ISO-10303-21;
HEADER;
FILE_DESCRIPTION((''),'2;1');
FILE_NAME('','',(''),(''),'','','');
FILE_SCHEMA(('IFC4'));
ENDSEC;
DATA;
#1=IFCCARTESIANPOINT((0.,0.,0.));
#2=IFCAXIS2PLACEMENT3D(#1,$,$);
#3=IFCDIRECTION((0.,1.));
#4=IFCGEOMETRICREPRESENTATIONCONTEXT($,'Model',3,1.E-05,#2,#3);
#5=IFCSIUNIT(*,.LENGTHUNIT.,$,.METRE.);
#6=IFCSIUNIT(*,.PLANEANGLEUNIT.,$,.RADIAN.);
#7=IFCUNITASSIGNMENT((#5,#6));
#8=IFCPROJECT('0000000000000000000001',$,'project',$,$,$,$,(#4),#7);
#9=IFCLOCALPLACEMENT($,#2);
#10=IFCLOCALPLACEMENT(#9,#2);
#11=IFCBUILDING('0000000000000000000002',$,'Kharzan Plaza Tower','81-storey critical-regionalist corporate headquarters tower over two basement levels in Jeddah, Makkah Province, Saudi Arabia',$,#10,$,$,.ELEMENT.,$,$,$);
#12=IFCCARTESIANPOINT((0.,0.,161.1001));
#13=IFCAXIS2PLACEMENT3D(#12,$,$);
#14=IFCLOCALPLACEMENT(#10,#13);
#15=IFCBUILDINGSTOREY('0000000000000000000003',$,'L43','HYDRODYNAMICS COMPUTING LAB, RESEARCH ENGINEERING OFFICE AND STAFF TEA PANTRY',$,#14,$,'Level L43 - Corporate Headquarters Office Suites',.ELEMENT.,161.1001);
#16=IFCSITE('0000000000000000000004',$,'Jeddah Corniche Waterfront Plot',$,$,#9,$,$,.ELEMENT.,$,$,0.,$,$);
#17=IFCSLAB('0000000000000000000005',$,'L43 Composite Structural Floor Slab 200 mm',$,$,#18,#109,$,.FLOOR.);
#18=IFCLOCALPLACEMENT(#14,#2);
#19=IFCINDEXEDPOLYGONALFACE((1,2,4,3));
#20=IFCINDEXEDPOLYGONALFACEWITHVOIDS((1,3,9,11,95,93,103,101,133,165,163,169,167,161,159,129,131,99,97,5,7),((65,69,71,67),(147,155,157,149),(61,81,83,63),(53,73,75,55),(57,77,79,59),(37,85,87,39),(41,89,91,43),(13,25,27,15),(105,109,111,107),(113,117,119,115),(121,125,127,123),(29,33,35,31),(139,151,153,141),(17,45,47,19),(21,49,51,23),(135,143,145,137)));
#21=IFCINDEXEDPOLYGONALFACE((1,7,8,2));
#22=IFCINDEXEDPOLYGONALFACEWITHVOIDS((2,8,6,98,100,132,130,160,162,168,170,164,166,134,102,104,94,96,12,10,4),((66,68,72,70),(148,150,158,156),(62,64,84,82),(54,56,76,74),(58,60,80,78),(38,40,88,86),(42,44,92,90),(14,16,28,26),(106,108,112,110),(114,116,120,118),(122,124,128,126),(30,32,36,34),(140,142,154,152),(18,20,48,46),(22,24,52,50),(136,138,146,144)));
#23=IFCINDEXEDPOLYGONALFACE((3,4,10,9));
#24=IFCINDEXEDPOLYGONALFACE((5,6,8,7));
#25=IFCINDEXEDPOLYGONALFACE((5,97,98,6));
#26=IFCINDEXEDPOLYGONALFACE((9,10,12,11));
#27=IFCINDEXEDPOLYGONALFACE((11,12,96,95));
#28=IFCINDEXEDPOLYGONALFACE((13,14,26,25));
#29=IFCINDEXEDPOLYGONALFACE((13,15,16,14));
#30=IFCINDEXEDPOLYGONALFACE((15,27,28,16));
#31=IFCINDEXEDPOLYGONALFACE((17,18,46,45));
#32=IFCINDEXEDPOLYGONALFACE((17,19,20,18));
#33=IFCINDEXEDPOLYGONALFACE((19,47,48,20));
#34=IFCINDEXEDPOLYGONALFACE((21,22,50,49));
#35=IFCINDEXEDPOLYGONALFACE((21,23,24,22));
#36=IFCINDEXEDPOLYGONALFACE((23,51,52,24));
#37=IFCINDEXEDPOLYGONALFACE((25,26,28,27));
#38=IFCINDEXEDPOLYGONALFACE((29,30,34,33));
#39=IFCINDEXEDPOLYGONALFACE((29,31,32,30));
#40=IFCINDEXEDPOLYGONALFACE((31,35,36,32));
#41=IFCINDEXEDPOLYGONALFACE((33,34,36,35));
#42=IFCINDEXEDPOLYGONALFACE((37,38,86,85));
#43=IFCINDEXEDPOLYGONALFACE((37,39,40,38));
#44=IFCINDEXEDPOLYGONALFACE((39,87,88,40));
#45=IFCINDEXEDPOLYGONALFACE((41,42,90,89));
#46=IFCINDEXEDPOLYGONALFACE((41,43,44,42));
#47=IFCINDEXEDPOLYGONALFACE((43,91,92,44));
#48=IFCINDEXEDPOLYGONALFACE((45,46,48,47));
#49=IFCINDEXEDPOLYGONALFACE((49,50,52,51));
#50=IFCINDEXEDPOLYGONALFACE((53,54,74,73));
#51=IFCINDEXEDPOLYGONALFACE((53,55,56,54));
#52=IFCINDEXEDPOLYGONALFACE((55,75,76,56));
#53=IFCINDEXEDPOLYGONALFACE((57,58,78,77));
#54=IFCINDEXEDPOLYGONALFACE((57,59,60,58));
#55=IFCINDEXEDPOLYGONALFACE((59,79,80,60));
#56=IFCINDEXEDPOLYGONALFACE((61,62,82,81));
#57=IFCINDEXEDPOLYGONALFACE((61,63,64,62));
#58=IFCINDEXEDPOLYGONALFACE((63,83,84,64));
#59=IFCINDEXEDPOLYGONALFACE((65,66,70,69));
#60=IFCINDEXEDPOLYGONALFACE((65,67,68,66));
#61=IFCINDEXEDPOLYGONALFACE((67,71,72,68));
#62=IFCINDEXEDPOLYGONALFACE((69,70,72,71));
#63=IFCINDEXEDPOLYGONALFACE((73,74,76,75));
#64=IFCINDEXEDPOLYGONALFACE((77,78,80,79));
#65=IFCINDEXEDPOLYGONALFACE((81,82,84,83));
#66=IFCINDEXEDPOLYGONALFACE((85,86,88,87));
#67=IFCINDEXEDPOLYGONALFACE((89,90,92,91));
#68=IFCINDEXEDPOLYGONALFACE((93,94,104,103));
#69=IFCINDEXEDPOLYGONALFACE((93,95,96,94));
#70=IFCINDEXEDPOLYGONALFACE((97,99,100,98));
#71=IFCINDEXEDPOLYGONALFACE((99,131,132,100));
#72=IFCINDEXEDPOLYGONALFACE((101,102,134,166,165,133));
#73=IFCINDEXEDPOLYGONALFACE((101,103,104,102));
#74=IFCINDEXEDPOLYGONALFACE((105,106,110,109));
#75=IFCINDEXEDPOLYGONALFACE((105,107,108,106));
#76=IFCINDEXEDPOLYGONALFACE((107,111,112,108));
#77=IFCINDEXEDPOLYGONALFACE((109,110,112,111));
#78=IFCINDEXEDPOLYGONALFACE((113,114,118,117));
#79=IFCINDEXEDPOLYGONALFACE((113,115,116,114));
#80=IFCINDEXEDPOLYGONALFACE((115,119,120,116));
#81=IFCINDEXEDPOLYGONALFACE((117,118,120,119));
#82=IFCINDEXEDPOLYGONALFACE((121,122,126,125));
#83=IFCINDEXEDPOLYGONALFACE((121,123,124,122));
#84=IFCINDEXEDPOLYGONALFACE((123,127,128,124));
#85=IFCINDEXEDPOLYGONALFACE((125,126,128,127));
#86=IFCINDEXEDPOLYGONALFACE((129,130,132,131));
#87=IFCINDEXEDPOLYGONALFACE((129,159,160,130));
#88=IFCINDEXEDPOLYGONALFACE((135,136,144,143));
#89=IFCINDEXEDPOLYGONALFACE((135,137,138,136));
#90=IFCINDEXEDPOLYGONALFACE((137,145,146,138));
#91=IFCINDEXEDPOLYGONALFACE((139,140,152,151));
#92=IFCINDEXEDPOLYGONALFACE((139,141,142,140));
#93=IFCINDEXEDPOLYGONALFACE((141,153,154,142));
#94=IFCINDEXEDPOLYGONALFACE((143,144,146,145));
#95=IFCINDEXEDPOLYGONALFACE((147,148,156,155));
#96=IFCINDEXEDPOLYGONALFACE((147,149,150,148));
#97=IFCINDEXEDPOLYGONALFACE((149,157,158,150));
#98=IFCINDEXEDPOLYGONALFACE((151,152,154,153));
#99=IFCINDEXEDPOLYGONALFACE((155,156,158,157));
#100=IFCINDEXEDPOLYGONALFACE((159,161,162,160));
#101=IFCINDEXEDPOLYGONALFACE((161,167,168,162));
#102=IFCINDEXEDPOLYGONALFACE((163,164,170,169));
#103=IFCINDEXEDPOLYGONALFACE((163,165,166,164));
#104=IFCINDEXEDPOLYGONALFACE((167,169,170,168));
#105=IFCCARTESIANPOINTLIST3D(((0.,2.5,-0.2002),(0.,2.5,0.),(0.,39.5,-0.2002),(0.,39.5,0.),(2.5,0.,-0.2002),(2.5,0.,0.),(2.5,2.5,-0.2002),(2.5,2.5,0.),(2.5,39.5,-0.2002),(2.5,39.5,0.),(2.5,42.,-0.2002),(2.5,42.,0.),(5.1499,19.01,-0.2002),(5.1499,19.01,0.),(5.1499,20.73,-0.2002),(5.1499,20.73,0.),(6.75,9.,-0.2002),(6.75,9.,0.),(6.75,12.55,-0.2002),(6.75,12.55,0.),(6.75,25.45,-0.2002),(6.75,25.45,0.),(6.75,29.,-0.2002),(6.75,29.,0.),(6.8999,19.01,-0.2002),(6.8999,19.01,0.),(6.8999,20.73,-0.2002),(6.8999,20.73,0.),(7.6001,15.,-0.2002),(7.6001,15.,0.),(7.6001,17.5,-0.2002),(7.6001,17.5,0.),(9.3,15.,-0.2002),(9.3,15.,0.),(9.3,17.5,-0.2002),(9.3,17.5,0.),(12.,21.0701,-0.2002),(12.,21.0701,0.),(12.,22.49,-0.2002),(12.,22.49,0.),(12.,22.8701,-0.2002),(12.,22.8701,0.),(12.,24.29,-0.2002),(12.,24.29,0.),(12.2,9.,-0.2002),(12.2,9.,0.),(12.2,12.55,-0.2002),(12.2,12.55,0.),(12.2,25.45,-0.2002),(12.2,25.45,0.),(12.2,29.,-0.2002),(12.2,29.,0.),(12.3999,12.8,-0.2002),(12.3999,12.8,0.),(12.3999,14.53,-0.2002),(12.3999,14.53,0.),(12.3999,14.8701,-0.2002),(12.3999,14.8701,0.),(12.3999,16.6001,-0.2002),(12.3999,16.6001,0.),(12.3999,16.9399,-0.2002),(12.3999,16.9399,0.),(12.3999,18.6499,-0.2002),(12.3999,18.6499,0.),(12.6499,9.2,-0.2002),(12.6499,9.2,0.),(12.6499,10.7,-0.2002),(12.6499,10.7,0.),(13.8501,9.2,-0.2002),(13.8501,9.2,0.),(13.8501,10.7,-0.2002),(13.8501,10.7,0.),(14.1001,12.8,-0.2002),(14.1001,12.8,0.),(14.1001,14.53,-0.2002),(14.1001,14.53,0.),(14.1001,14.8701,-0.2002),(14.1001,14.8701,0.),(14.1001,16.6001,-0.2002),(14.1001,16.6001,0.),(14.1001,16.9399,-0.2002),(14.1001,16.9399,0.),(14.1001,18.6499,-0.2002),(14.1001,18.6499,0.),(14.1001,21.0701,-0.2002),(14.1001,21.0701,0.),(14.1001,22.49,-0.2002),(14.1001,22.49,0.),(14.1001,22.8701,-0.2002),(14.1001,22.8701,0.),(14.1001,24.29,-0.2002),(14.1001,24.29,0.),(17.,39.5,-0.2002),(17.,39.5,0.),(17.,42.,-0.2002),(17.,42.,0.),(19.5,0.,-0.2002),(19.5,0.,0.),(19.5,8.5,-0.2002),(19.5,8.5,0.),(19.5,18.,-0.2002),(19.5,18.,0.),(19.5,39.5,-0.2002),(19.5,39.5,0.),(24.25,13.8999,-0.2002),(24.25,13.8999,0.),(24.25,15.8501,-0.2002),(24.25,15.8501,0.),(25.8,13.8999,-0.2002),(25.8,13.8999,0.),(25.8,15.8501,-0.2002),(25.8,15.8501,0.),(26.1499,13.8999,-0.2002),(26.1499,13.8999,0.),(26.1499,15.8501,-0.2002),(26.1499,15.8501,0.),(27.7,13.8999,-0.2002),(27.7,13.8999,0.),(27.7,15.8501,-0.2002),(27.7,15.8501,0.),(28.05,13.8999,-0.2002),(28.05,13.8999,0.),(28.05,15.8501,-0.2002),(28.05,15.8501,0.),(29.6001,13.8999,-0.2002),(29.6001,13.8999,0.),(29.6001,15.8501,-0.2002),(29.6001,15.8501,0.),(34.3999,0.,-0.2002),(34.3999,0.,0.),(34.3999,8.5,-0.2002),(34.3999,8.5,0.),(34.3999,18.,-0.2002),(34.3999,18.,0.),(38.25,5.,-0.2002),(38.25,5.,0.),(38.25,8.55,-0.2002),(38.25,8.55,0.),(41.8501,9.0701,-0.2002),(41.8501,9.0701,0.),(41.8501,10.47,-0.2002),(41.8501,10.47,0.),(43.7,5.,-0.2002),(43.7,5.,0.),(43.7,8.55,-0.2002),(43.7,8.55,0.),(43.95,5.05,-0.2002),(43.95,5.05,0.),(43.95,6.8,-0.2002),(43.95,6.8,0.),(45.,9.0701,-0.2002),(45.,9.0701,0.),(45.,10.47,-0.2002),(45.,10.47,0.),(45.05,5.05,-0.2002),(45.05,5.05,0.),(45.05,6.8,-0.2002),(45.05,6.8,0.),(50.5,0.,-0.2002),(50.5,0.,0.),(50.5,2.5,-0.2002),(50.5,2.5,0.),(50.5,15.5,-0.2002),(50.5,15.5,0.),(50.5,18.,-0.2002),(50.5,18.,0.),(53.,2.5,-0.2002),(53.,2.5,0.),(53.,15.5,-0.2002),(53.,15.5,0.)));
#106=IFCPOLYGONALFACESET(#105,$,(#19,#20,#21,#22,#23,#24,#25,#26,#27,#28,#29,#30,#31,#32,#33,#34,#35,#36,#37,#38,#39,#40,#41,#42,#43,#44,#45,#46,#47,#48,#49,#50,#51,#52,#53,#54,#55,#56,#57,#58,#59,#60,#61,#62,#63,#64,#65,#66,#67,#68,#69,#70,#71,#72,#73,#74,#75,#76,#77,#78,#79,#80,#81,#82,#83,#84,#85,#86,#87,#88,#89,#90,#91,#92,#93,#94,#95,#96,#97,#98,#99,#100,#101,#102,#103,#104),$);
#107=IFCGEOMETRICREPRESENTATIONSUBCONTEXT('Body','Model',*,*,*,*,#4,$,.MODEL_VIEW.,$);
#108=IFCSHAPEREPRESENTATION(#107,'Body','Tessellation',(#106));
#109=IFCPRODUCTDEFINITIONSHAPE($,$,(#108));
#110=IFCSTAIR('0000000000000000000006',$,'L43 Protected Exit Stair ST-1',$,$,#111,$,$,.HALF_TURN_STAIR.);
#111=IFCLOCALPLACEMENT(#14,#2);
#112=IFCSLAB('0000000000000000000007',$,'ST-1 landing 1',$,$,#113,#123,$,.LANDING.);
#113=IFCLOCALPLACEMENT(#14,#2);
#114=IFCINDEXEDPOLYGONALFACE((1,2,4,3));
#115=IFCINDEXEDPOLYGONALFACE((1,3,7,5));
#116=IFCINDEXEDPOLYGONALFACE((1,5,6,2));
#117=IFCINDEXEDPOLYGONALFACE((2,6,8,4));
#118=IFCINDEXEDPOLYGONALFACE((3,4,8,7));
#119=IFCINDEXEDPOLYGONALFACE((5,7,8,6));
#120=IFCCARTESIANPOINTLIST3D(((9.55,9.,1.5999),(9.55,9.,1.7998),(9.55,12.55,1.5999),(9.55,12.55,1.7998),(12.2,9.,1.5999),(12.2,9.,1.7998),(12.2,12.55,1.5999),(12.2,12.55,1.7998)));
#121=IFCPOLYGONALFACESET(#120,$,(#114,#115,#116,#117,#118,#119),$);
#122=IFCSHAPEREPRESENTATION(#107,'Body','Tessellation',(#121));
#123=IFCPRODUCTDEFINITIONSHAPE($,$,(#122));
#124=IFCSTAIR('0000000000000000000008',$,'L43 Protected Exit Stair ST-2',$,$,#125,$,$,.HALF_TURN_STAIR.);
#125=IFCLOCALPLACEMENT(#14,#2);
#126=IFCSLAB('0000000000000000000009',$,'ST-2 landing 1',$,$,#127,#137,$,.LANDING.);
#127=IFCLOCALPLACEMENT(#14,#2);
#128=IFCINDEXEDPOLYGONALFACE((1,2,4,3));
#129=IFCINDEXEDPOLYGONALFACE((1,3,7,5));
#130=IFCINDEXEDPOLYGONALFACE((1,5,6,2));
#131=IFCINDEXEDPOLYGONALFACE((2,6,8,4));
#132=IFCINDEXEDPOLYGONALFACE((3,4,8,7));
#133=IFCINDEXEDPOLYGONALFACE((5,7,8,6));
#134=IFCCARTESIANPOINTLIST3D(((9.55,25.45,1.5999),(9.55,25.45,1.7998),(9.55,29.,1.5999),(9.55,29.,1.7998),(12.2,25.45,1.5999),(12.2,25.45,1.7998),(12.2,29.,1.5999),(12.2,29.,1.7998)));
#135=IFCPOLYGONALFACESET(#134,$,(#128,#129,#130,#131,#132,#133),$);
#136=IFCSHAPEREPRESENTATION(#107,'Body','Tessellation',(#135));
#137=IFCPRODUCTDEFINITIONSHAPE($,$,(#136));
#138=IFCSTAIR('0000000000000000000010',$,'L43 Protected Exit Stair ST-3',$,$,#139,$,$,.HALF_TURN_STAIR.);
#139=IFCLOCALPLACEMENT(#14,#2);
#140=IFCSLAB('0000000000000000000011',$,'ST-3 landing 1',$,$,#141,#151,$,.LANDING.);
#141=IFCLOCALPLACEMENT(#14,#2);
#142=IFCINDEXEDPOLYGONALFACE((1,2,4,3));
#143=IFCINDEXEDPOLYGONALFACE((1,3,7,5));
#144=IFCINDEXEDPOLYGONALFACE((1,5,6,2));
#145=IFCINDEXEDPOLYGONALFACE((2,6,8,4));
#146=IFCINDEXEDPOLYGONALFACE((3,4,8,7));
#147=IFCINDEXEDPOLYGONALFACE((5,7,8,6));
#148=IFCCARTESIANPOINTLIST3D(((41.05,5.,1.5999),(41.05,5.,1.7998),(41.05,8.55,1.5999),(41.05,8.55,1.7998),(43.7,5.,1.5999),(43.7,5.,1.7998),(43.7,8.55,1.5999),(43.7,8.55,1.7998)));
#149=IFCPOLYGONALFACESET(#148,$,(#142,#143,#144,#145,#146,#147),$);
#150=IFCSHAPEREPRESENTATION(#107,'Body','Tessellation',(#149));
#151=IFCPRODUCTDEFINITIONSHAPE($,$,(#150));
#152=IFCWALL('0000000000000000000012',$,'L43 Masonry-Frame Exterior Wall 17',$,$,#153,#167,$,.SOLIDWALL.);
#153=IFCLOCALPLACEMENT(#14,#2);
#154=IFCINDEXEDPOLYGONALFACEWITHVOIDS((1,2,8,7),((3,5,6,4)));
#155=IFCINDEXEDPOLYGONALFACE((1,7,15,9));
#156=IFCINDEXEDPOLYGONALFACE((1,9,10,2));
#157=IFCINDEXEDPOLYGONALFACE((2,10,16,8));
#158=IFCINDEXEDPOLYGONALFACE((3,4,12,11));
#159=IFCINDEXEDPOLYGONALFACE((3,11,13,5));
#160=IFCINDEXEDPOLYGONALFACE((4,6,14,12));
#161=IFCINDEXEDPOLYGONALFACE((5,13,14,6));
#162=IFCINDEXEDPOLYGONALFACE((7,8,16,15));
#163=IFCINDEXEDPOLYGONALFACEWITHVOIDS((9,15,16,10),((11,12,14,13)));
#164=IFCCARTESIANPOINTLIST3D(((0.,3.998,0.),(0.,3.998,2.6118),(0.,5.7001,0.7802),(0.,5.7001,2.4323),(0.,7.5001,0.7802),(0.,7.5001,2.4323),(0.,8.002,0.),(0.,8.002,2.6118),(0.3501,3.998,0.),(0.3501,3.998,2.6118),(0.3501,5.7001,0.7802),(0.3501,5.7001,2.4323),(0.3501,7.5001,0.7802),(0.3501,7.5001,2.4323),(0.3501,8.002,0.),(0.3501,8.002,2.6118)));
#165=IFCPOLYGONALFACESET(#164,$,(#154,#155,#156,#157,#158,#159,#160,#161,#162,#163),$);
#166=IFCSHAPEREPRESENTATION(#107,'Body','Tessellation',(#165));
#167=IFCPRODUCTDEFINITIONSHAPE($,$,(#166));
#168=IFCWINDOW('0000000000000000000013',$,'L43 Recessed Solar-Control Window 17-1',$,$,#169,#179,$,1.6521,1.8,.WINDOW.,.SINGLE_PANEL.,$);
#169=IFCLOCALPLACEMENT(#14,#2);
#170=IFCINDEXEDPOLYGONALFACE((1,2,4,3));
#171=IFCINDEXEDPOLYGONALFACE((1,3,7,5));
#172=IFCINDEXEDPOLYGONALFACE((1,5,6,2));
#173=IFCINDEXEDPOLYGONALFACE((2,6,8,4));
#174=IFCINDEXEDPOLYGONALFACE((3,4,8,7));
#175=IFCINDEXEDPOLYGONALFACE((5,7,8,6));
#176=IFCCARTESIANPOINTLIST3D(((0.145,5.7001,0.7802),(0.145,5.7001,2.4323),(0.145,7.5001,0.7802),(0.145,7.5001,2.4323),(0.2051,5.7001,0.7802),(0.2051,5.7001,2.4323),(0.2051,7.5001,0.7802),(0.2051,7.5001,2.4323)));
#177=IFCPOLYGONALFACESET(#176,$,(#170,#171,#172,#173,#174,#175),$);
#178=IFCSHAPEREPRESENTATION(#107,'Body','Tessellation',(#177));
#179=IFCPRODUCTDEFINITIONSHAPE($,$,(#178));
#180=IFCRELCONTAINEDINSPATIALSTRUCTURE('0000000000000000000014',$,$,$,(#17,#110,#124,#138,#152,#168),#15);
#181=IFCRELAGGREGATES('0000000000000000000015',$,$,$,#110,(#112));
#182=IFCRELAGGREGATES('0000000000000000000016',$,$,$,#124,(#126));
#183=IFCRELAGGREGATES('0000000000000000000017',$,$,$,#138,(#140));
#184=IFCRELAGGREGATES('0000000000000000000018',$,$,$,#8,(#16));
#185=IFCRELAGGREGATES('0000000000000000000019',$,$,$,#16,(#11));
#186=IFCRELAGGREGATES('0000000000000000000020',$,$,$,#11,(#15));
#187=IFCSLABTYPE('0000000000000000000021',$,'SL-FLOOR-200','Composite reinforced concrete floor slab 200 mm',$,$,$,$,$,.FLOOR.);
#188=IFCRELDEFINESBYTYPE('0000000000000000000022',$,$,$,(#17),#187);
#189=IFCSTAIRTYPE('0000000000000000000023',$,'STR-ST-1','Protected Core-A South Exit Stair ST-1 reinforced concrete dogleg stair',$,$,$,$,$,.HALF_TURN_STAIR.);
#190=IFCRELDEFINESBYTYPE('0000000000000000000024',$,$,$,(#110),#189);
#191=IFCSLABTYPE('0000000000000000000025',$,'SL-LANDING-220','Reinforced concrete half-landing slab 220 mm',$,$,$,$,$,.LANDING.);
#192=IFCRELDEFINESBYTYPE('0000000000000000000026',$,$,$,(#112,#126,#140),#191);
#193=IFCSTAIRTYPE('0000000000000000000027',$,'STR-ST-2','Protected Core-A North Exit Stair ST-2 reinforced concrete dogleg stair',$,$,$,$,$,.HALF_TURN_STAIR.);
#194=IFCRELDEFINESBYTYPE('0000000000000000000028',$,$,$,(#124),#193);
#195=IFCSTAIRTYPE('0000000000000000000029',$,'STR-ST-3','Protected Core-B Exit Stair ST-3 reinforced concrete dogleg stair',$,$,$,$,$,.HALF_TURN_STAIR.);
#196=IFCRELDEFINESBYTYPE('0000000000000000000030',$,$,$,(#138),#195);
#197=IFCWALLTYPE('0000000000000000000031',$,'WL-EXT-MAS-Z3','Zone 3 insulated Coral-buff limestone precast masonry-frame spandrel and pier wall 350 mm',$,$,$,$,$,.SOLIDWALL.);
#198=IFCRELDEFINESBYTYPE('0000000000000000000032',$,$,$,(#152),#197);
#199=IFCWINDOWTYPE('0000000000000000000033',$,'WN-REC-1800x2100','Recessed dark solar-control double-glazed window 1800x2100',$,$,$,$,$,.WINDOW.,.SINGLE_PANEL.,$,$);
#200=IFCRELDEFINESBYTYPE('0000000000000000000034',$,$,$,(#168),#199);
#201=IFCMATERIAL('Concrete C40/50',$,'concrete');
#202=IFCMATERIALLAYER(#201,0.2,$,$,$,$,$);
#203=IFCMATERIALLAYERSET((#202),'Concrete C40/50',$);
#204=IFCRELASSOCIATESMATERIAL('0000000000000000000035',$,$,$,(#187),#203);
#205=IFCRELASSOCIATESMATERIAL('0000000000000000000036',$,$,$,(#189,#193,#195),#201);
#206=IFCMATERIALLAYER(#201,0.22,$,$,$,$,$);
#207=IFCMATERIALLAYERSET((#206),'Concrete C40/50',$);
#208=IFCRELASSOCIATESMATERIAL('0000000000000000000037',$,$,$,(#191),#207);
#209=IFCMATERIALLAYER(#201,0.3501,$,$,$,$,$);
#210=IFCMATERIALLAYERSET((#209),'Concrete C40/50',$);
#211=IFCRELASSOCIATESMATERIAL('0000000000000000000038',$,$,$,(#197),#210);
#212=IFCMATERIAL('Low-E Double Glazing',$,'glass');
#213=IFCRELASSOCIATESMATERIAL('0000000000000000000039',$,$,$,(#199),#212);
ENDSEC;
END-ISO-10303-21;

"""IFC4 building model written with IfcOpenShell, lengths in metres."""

from ifc_helpers import new_model, si_unit, direction, frame, frame_2d, origin, place, context, subcontext, project, spatial, polyline, rectangle, outline, extrude, source, transform, mapped, material, layer, layer_set, type_object, element, fill, aggregate, save


model = new_model("IFC4")

# Units and contexts
model_context = context("Model", 3, precision=1e-05, world=origin(), true_north=direction((0.0, 1.0)))
body_context = subcontext(model_context, "Body", "Model", "MODEL_VIEW")
ifc_project = project(units=[si_unit("LENGTHUNIT", "METRE"), si_unit("PLANEANGLEUNIT", "RADIAN")], contexts=[model_context])

# Site, building, storey
site_placement = place(None, origin())
site = spatial("IfcSite", under=ifc_project, at=site_placement, Name="Jeddah Corniche Waterfront Plot", CompositionType="ELEMENT", RefElevation=0.0)
building_placement = place(site_placement, origin())
building = spatial("IfcBuilding", under=site, at=building_placement, Name="Kharzan Plaza Tower", Description="81-storey critical-regionalist corporate headquarters tower over two basement levels in Jeddah, Makkah Province, Saudi Arabia", CompositionType="ELEMENT")
storey_placement = place(building_placement, frame((0.0, 0.0, 161.1001)))
storey = spatial("IfcBuildingStorey", under=building, at=storey_placement, Name="L43", Description="HYDRODYNAMICS COMPUTING LAB, RESEARCH ENGINEERING OFFICE AND STAFF TEA PANTRY", LongName="Level L43 - Corporate Headquarters Office Suites", CompositionType="ELEMENT", Elevation=161.1001)

# Slab
ifc_material_1 = material(Name="Concrete C40/50", Category="concrete")
ifc_layer_1 = layer(ifc_material_1, 0.2)
ifc_layer_set_1 = layer_set([ifc_layer_1], Name="Concrete C40/50")
slab_type_1 = type_object("IfcSlabType", Name="SL-FLOOR-200", Description="Composite reinforced concrete floor slab 200 mm", PredefinedType="FLOOR", material=ifc_layer_set_1)
slab_1_placement = place(storey_placement, frame((0.0, 0.0, -0.2002)))
element("IfcSlab", 1, at=slab_1_placement, inside=storey, type_object=slab_type_1, Name="L43 Composite Structural Floor Slab 200 mm", PredefinedType="FLOOR", context=body_context, shape_type="SweptSolid", body=[
    extrude(outline(polyline([(34.3999, 18.0), (19.5, 18.0), (19.5, 39.5), (17.0, 39.5), (17.0, 42.0), (2.5, 42.0), (2.5, 39.5), (0.0, 39.5), (0.0, 2.5), (2.5, 2.5), (2.5, 0.0), (19.5, 0.0), (19.5, 8.5), (34.3999, 8.5), (34.3999, 0.0), (50.5, 0.0), (50.5, 2.5), (53.0, 2.5), (53.0, 15.5), (50.5, 15.5), (50.5, 18.0), (34.3999, 18.0)]), holes=[polyline([(12.2, 9.0), (12.2, 12.55), (6.75, 12.55), (6.75, 9.0), (12.2, 9.0)]), polyline([(14.1001, 12.8), (14.1001, 14.53), (12.3999, 14.53), (12.3999, 12.8), (14.1001, 12.8)]), polyline([(14.1001, 14.8701), (14.1001, 16.6001), (12.3999, 16.6001), (12.3999, 14.8701), (14.1001, 14.8701)]), polyline([(9.3, 15.0), (9.3, 17.5), (7.6001, 17.5), (7.6001, 15.0), (9.3, 15.0)]), polyline([(6.8999, 19.01), (6.8999, 20.73), (5.1499, 20.73), (5.1499, 19.01), (6.8999, 19.01)]), polyline([(14.1001, 21.0701), (14.1001, 22.49), (12.0, 22.49), (12.0, 21.0701), (14.1001, 21.0701)]), polyline([(14.1001, 22.8701), (14.1001, 24.29), (12.0, 24.29), (12.0, 22.8701), (14.1001, 22.8701)]), polyline([(12.2, 25.45), (12.2, 29.0), (6.75, 29.0), (6.75, 25.45), (12.2, 25.45)]), polyline([(45.05, 5.05), (45.05, 6.8), (43.95, 6.8), (43.95, 5.05), (45.05, 5.05)]), polyline([(43.7, 5.0), (43.7, 8.55), (38.25, 8.55), (38.25, 5.0), (43.7, 5.0)]), polyline([(45.0, 9.0701), (45.0, 10.47), (41.8501, 10.47), (41.8501, 9.0701), (45.0, 9.0701)]), polyline([(13.8501, 9.2), (13.8501, 10.7), (12.6499, 10.7), (12.6499, 9.2), (13.8501, 9.2)]), polyline([(25.8, 13.8999), (25.8, 15.8501), (24.25, 15.8501), (24.25, 13.8999), (25.8, 13.8999)]), polyline([(27.7, 13.8999), (27.7, 15.8501), (26.1499, 15.8501), (26.1499, 13.8999), (27.7, 13.8999)]), polyline([(29.6001, 13.8999), (29.6001, 15.8501), (28.05, 15.8501), (28.05, 13.8999), (29.6001, 13.8999)]), polyline([(14.1001, 16.9399), (14.1001, 18.6499), (12.3999, 18.6499), (12.3999, 16.9399), (14.1001, 16.9399)])]), origin(), (0.0, 0.0, 1.0), 0.2002),
])

# Stairs, slabs
stair_type_1 = type_object("IfcStairType", Name="STR-ST-1", Description="Protected Core-A South Exit Stair ST-1 reinforced concrete dogleg stair", PredefinedType="HALF_TURN_STAIR", material=ifc_material_1)
stair_1_placement = place(storey_placement, origin())
stair_1 = element("IfcStair", 2, at=stair_1_placement, inside=storey, type_object=stair_type_1, Name="L43 Protected Exit Stair ST-1", PredefinedType="HALF_TURN_STAIR")
ifc_layer_2 = layer(ifc_material_1, 0.22)
ifc_layer_set_2 = layer_set([ifc_layer_2], Name="Concrete C40/50")
slab_type_2 = type_object("IfcSlabType", Name="SL-LANDING-220", Description="Reinforced concrete half-landing slab 220 mm", PredefinedType="LANDING", material=ifc_layer_set_2)
slab_2_placement = place(storey_placement, frame((0.0, 0.0, 1.5999)))
slab_2 = element("IfcSlab", 3, at=slab_2_placement, type_object=slab_type_2, Name="ST-1 landing 1", PredefinedType="LANDING", context=body_context, shape_type="SweptSolid", body=[
    extrude(outline(polyline([(9.55, 9.0), (12.2, 9.0), (12.2, 12.55), (9.55, 12.55), (9.55, 9.0)])), origin(), (0.0, 0.0, 1.0), 0.2),
])
aggregate(stair_1, [slab_2])
stair_type_2 = type_object("IfcStairType", Name="STR-ST-2", Description="Protected Core-A North Exit Stair ST-2 reinforced concrete dogleg stair", PredefinedType="HALF_TURN_STAIR", material=ifc_material_1)
stair_2_placement = place(storey_placement, origin())
stair_2 = element("IfcStair", 4, at=stair_2_placement, inside=storey, type_object=stair_type_2, Name="L43 Protected Exit Stair ST-2", PredefinedType="HALF_TURN_STAIR")
slab_3_placement = place(storey_placement, frame((0.0, 0.0, 1.5999)))
slab_3 = element("IfcSlab", 5, at=slab_3_placement, type_object=slab_type_2, Name="ST-2 landing 1", PredefinedType="LANDING", context=body_context, shape_type="SweptSolid", body=[
    extrude(outline(polyline([(9.55, 25.45), (12.2, 25.45), (12.2, 29.0), (9.55, 29.0), (9.55, 25.45)])), origin(), (0.0, 0.0, 1.0), 0.2),
])
aggregate(stair_2, [slab_3])
stair_type_3 = type_object("IfcStairType", Name="STR-ST-3", Description="Protected Core-B Exit Stair ST-3 reinforced concrete dogleg stair", PredefinedType="HALF_TURN_STAIR", material=ifc_material_1)
stair_3_placement = place(storey_placement, origin())
stair_3 = element("IfcStair", 6, at=stair_3_placement, inside=storey, type_object=stair_type_3, Name="L43 Protected Exit Stair ST-3", PredefinedType="HALF_TURN_STAIR")
slab_4_placement = place(storey_placement, frame((0.0, 0.0, 1.5999)))
slab_4 = element("IfcSlab", 7, at=slab_4_placement, type_object=slab_type_2, Name="ST-3 landing 1", PredefinedType="LANDING", context=body_context, shape_type="SweptSolid", body=[
    extrude(outline(polyline([(41.05, 5.0), (43.7, 5.0), (43.7, 8.55), (41.05, 8.55), (41.05, 5.0)])), origin(), (0.0, 0.0, 1.0), 0.2),
])
aggregate(stair_3, [slab_4])

# Wall, opening, window
ifc_layer_3 = layer(ifc_material_1, 0.3501)
ifc_layer_set_3 = layer_set([ifc_layer_3], Name="Concrete C40/50")
wall_type_1 = type_object("IfcWallType", Name="WL-EXT-MAS-Z3", Description="Zone 3 insulated Coral-buff limestone precast masonry-frame spandrel and pier wall 350 mm", PredefinedType="SOLIDWALL", material=ifc_layer_set_3)
wall_1_placement = place(storey_placement, frame((0.175, 8.002, 0.0), z_axis=(0.0, 0.0, 1.0), x_axis=(0.0, -1.0, 0.0)))
wall_1 = element("IfcWall", 8, at=wall_1_placement, inside=storey, type_object=wall_type_1, Name="L43 Masonry-Frame Exterior Wall 17", PredefinedType="SOLIDWALL", context=body_context, shape_type="SweptSolid", body=[
    extrude(rectangle(XDim=4.0039, YDim=0.3501, at=frame_2d((2.002, 0.0))), origin(), (0.0, 0.0, 1.0), 2.6118),
])
opening_1_placement = place(wall_1_placement, frame((0.502, 0.0, 0.78)))
opening_1 = element("IfcOpeningElement", 9, at=opening_1_placement, cuts=wall_1, PredefinedType="OPENING", context=body_context, shape_type="SweptSolid", body=[
    extrude(rectangle(XDim=1.8, YDim=1.6521, at=frame_2d((0.8999, 0.8262))), frame((0.0, 0.1851, 0.0), z_axis=(0.0, -1.0, 0.0), x_axis=(1.0, 0.0, 0.0)), (0.0, 0.0, 1.0), 0.3701),
])
ifc_material_2 = material(Name="Low-E Double Glazing", Category="glass")
window_type_1 = type_object("IfcWindowType", Name="WN-REC-1800x2100", Description="Recessed dark solar-control double-glazed window 1800x2100", PartitioningType="SINGLE_PANEL", PredefinedType="WINDOW", material=ifc_material_2)
shared_shape_1 = source(origin(), body_context, "Body", "SweptSolid", [
    extrude(rectangle(XDim=1.8, YDim=1.6521, at=frame_2d((0.8999, 0.8262))), frame((0.0, 0.03, 0.0), z_axis=(0.0, -1.0, 0.0), x_axis=(1.0, 0.0, 0.0)), (0.0, 0.0, 1.0), 0.0601),
])
window_1_placement = place(opening_1_placement, origin())
window_1 = element("IfcWindow", 10, at=window_1_placement, inside=storey, type_object=window_type_1, Name="L43 Recessed Solar-Control Window 17-1", OverallHeight=1.6521, OverallWidth=1.8, PartitioningType="SINGLE_PANEL", PredefinedType="WINDOW", context=body_context, shape_type="MappedRepresentation", body=[
    mapped(shared_shape_1, transform((0.0, 0.0, 0.0), x_axis=(1.0, 0.0, 0.0), y_axis=(0.0, 1.0, 0.0), z_axis=(0.0, 0.0, 1.0))),
])
fill(opening_1, window_1)

save(model, "model.ifc")
